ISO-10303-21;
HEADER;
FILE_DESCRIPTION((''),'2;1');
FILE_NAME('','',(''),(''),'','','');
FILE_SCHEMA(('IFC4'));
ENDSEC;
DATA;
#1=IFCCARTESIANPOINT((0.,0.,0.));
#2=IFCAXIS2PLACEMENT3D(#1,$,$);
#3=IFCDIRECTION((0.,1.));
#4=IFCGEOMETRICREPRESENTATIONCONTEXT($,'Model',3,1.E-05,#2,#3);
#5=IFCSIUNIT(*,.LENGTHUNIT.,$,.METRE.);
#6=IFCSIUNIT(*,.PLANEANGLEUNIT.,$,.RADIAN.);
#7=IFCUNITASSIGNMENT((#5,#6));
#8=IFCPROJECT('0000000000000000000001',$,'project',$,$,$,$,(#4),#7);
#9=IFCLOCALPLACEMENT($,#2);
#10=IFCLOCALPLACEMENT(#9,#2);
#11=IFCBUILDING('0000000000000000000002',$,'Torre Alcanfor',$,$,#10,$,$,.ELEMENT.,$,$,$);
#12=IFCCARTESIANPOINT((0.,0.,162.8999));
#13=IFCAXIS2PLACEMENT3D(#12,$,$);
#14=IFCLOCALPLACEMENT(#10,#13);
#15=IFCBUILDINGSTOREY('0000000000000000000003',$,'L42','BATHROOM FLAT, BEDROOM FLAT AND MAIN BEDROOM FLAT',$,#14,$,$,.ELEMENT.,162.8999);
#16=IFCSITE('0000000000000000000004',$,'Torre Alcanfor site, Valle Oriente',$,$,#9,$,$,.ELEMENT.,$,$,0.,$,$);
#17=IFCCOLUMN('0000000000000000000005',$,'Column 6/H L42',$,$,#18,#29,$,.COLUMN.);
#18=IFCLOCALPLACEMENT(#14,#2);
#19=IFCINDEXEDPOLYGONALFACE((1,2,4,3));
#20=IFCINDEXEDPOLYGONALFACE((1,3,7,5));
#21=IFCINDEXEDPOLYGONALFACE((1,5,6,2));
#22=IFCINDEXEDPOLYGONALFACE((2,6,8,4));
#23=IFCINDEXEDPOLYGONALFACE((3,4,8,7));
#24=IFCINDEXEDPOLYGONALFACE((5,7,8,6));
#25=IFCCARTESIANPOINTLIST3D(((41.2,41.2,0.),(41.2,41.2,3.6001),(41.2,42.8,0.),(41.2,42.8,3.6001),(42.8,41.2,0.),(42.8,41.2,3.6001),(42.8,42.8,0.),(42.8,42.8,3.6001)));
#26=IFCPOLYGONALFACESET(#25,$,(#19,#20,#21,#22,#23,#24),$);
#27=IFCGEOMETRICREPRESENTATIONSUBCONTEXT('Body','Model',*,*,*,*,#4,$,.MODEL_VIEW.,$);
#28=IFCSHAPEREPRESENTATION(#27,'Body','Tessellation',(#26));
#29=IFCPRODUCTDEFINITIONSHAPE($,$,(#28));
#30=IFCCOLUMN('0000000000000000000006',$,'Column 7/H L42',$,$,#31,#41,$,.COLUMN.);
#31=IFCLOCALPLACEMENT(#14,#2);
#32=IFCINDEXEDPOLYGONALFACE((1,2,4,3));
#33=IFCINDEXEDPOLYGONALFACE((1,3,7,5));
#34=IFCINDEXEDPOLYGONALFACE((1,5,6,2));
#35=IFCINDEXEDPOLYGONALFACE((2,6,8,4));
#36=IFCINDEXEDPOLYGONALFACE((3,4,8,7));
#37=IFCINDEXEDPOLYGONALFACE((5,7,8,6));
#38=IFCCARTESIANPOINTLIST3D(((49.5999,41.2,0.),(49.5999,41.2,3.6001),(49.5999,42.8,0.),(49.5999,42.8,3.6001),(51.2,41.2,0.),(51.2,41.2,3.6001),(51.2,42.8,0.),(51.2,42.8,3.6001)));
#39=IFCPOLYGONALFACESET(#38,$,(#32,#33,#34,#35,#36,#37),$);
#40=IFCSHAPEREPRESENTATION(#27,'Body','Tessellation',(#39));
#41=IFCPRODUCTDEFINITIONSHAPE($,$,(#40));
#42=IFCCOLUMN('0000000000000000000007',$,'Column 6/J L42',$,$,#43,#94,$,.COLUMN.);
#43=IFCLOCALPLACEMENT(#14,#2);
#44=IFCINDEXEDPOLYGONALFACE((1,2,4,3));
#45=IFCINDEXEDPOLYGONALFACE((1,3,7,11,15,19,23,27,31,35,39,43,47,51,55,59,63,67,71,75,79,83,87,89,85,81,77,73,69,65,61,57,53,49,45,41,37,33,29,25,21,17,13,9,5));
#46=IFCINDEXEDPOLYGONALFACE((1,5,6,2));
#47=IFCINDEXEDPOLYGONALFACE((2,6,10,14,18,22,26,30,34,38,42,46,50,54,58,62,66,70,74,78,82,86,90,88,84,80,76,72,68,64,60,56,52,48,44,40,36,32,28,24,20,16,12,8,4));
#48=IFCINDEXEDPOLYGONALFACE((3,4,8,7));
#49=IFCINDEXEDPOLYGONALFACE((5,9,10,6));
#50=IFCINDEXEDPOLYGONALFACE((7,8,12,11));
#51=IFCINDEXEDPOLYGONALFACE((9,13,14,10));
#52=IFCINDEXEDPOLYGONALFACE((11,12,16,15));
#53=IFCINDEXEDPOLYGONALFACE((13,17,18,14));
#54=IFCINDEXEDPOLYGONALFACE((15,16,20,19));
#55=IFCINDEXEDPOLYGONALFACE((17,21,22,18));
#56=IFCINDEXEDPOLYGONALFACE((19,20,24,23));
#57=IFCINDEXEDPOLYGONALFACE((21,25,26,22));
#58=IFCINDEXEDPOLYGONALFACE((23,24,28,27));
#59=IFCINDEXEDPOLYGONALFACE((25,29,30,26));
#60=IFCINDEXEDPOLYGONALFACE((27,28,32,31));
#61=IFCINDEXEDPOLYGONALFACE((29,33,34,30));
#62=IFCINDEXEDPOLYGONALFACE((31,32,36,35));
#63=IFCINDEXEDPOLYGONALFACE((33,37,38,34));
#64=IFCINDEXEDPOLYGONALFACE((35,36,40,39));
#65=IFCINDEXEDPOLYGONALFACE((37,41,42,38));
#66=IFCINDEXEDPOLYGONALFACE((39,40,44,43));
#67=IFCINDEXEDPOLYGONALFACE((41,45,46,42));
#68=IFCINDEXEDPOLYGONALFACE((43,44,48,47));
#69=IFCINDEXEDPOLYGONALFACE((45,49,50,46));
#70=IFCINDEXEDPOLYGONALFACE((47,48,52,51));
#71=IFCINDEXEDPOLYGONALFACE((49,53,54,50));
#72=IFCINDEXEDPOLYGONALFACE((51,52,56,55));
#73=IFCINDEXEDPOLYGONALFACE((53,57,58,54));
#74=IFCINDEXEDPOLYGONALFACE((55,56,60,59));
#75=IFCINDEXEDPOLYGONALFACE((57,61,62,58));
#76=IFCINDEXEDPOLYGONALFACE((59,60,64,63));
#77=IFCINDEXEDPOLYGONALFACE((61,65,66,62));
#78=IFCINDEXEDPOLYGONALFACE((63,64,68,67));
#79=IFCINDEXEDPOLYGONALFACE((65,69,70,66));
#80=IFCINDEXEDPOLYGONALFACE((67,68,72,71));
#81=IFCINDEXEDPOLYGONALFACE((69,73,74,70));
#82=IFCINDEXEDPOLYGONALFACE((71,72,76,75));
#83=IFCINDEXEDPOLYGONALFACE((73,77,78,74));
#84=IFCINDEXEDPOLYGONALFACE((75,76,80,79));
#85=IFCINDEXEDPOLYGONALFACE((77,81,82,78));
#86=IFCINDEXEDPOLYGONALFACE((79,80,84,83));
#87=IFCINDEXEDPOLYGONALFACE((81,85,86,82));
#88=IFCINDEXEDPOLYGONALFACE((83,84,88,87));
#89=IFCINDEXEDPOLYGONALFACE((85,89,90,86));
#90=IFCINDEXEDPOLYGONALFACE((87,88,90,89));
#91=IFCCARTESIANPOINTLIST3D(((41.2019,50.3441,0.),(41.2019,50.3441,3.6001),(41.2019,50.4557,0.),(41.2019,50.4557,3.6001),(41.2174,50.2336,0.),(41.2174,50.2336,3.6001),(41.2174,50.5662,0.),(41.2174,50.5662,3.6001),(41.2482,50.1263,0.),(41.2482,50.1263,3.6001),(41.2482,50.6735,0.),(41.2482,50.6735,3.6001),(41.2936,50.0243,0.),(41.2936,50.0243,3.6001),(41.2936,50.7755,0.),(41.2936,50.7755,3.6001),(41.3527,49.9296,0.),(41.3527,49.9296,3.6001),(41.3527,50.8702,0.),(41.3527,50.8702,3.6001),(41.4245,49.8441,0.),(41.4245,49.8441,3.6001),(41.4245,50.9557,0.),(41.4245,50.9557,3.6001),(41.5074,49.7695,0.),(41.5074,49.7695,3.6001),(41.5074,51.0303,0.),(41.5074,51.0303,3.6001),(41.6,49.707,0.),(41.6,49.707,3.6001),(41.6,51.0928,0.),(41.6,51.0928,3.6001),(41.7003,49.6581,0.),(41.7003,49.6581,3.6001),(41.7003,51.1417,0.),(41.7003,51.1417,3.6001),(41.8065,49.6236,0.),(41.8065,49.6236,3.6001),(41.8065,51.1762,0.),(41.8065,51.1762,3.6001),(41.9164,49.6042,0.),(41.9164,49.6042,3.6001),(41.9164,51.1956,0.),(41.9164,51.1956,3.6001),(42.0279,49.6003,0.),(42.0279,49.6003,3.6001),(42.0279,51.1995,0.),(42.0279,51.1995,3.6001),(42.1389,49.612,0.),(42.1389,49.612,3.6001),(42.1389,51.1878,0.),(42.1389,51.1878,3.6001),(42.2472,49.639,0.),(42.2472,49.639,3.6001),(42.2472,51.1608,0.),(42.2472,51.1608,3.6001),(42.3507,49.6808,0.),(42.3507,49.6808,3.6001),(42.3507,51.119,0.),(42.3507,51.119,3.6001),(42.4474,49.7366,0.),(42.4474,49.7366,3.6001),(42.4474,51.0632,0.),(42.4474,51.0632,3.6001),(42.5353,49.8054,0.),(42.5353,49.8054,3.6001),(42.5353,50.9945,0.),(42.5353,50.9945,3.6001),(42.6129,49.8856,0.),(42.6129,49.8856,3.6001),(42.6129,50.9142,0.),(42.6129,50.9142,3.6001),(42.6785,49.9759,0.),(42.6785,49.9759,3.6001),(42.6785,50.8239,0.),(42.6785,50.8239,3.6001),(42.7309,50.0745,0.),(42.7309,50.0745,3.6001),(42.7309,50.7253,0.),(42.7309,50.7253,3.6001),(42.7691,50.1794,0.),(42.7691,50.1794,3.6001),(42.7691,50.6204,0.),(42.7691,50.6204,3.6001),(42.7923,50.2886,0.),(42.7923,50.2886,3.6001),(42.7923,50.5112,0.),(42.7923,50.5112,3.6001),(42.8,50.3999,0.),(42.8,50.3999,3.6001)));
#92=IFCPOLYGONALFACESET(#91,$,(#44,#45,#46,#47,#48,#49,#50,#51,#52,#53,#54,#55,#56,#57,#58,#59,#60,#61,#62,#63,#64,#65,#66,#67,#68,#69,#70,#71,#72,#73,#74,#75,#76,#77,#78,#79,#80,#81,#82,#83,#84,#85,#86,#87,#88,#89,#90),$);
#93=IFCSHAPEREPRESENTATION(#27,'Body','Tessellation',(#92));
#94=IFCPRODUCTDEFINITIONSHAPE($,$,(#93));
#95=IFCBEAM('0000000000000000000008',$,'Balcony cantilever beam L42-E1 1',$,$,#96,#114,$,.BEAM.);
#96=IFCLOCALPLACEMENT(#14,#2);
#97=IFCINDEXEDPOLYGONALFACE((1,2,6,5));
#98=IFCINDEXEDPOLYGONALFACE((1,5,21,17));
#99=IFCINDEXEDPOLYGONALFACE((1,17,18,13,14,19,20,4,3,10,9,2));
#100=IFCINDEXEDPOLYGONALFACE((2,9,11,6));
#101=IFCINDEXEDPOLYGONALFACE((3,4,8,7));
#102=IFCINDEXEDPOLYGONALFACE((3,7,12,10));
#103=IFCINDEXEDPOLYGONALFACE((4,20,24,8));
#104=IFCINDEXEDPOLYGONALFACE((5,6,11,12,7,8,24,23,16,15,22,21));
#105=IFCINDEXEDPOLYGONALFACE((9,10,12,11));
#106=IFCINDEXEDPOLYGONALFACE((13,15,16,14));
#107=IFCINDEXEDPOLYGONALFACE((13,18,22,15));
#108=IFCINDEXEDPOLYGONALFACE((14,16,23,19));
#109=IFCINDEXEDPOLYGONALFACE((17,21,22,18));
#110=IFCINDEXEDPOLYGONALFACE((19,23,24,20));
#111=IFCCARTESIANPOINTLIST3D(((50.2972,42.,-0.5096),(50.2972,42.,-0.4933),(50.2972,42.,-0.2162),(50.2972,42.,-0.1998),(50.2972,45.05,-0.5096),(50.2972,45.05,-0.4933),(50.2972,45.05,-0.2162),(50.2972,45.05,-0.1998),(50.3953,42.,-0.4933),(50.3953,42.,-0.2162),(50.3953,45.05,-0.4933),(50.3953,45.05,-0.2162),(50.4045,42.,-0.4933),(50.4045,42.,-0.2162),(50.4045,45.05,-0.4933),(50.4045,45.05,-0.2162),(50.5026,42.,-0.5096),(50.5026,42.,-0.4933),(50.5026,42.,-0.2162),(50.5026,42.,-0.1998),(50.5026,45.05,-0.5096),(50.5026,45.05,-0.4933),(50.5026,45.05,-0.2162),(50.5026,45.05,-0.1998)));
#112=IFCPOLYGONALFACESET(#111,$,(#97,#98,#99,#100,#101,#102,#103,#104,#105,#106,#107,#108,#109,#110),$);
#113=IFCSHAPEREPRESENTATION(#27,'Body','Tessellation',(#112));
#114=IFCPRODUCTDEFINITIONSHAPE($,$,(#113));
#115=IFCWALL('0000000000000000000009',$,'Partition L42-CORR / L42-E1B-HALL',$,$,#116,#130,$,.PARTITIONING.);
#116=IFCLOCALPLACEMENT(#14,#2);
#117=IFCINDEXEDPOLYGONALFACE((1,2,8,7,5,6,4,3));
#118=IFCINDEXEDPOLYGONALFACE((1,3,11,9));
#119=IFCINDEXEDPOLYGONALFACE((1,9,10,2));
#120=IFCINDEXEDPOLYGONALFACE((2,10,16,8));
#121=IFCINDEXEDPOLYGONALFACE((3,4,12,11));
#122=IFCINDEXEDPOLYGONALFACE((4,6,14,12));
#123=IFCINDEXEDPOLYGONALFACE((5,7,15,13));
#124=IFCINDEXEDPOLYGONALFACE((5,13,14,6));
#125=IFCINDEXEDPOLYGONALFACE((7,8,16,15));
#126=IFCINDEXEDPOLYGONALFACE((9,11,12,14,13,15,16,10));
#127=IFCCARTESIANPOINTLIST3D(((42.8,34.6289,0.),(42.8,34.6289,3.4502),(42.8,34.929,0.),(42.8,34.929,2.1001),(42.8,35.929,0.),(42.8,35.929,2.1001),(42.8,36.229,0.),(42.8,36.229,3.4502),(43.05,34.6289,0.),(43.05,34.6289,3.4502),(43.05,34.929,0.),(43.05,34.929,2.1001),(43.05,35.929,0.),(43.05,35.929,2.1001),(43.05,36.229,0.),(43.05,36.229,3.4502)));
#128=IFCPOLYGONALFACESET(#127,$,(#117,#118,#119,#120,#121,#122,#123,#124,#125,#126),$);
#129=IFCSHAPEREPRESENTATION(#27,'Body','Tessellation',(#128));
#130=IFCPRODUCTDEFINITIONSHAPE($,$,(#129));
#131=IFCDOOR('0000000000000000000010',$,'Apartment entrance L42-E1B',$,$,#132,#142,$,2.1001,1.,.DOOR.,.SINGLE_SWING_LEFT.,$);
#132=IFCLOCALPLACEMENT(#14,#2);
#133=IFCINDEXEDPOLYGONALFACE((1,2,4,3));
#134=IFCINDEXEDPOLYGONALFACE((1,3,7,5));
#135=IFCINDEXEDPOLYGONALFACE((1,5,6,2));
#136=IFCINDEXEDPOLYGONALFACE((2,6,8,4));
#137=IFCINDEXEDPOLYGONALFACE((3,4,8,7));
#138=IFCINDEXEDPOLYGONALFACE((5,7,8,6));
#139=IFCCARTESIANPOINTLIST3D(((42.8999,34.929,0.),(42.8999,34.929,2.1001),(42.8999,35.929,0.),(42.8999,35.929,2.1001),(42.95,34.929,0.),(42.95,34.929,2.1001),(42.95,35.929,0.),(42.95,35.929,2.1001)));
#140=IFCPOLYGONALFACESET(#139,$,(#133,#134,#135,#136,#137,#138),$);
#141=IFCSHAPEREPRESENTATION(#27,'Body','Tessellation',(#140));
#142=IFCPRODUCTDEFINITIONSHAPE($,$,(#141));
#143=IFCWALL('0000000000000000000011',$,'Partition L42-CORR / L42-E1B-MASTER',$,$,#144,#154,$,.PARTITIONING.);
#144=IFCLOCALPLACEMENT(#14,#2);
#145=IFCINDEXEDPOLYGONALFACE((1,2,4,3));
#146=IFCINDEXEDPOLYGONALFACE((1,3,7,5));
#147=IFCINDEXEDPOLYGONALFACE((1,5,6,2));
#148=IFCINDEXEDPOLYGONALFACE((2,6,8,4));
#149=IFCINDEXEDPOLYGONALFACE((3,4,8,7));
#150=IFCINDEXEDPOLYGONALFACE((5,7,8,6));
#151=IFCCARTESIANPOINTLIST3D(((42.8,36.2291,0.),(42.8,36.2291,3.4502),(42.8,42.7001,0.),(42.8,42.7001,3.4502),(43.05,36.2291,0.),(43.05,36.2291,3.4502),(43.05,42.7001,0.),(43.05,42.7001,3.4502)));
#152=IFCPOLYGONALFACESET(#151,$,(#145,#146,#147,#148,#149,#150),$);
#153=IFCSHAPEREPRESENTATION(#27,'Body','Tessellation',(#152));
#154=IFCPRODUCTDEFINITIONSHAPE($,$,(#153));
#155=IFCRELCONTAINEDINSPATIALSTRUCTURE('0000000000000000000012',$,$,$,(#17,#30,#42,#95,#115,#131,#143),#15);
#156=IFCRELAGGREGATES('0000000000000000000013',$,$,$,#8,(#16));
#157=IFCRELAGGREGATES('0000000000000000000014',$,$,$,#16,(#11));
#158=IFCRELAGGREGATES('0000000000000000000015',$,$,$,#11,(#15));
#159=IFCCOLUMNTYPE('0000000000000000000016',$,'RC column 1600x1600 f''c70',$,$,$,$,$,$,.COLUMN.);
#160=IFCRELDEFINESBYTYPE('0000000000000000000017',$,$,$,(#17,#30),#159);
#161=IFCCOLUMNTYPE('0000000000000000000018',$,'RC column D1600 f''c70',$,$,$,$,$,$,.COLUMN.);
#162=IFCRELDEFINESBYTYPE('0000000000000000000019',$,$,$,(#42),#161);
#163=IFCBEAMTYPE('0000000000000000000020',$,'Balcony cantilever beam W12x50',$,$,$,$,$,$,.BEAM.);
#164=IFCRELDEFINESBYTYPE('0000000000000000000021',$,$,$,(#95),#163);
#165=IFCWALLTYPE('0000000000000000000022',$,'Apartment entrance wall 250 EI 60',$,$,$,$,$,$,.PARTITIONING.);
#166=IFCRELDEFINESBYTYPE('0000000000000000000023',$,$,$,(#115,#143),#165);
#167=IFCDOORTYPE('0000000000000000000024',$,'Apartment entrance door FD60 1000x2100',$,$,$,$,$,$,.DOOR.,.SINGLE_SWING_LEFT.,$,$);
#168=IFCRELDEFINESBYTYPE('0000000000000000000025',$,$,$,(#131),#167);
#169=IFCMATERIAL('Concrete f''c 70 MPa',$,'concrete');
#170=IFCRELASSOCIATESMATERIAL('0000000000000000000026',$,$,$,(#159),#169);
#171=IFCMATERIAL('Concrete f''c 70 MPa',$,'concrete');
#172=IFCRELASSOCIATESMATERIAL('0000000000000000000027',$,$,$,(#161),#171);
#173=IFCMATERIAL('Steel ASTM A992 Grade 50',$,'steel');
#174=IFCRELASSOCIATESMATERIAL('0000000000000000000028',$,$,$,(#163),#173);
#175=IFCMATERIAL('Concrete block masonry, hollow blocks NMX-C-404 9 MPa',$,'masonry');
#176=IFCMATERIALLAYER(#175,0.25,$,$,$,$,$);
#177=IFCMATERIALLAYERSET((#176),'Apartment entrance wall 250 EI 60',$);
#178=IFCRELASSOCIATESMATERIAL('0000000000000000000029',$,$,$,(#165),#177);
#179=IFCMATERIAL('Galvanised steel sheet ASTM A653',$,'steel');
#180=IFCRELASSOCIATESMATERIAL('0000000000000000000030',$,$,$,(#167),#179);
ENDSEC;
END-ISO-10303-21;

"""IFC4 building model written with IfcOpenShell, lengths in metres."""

from ifc_helpers import new_model, si_unit, direction, frame, frame_2d, origin, origin_2d, place, context, subcontext, project, spatial, rectangle, circle, i_section, extrude, material, layer, layer_set, material_profile, profile_set, type_object, element, fill, save


model = new_model("IFC4")

# Units and contexts
model_context = context("Model", 3, precision=1e-05, world=origin(), true_north=direction((0.0, 1.0)))
body_context = subcontext(model_context, "Body", "Model", "MODEL_VIEW")
ifc_project = project(units=[si_unit("LENGTHUNIT", "METRE"), si_unit("PLANEANGLEUNIT", "RADIAN")], contexts=[model_context])

# Site, building, storey
site_placement = place(None, origin())
site = spatial("IfcSite", under=ifc_project, at=site_placement, Name="Torre Alcanfor site, Valle Oriente", CompositionType="ELEMENT", RefElevation=0.0)
building_placement = place(site_placement, origin())
building = spatial("IfcBuilding", under=site, at=building_placement, Name="Torre Alcanfor", CompositionType="ELEMENT")
storey_placement = place(building_placement, frame((0.0, 0.0, 162.8999)))
storey = spatial("IfcBuildingStorey", under=building, at=storey_placement, Name="L42", Description="BATHROOM FLAT, BEDROOM FLAT AND MAIN BEDROOM FLAT", CompositionType="ELEMENT", Elevation=162.8999)

# Columns
ifc_material_1 = material(Name="Concrete f'c 70 MPa", Category="concrete")
ifc_material_profile_1 = material_profile(ifc_material_1, rectangle(XDim=1.6001, YDim=1.6001, at=origin_2d()), Name="1600x1600")
ifc_profile_set_1 = profile_set([ifc_material_profile_1], Name="Concrete f'c 70 MPa")
column_type_1 = type_object("IfcColumnType", Name="RC column 1600x1600 f'c70", PredefinedType="COLUMN", material=ifc_profile_set_1)
for number, where, z_axis, x_axis, name in (
    (1, (42.0, 42.0, 0.0), (0.0, 0.0, 1.0), (1.0, 0.0, 0.0), "Column 6/H L42"),
    (2, (50.3999, 42.0, 0.0), (0.0, 0.0, 1.0), (1.0, 0.0, 0.0), "Column 7/H L42"),
):
    element("IfcColumn", number, at=place(storey_placement, frame(where, z_axis=z_axis, x_axis=x_axis)), inside=storey, type_object=column_type_1, Name=name, PredefinedType="COLUMN", context=body_context, shape_type="SweptSolid", body=[
        extrude(rectangle(XDim=1.6001, YDim=1.6001, at=origin_2d()), origin(), (0.0, 0.0, 1.0), 3.6001),
    ])
ifc_material_2 = material(Name="Concrete f'c 70 MPa", Category="concrete")
ifc_material_profile_2 = material_profile(ifc_material_2, circle(Radius=0.8, at=origin_2d()), Name="D1600")
ifc_profile_set_2 = profile_set([ifc_material_profile_2], Name="Concrete f'c 70 MPa")
column_type_2 = type_object("IfcColumnType", Name="RC column D1600 f'c70", PredefinedType="COLUMN", material=ifc_profile_set_2)
column_placement = place(storey_placement, frame((42.0, 50.3999, 0.0), z_axis=(0.0, 0.0, 1.0), x_axis=(1.0, 0.0, 0.0)))
element("IfcColumn", 3, at=column_placement, inside=storey, type_object=column_type_2, Name="Column 6/J L42", PredefinedType="COLUMN", context=body_context, shape_type="SweptSolid", body=[
    extrude(circle(Radius=0.8, at=origin_2d()), origin(), (0.0, 0.0, 1.0), 3.6001),
])

# Beam
ifc_material_3 = material(Name="Steel ASTM A992 Grade 50", Category="steel")
ifc_material_profile_3 = material_profile(ifc_material_3, i_section(OverallWidth=0.2053, OverallDepth=0.3098, WebThickness=0.0093, FlangeThickness=0.0164, at=origin_2d()), Name="W12x50")
ifc_profile_set_3 = profile_set([ifc_material_profile_3], Name="Steel ASTM A992 Grade 50")
beam_type = type_object("IfcBeamType", Name="Balcony cantilever beam W12x50", PredefinedType="BEAM", material=ifc_profile_set_3)
beam_placement = place(storey_placement, frame((50.3999, 42.0, -0.3547), z_axis=(0.0, 1.0, 0.0), x_axis=(-1.0, 0.0, 0.0)))
element("IfcBeam", 4, at=beam_placement, inside=storey, type_object=beam_type, Name="Balcony cantilever beam L42-E1 1", PredefinedType="BEAM", context=body_context, shape_type="SweptSolid", body=[
    extrude(i_section(OverallWidth=0.2053, OverallDepth=0.3098, WebThickness=0.0093, FlangeThickness=0.0164, at=origin_2d()), origin(), (0.0, 0.0, 1.0), 3.05),
])

# Wall, opening, door
ifc_material_4 = material(Name="Concrete block masonry, hollow blocks NMX-C-404 9 MPa", Category="masonry")
ifc_layer_1 = layer(ifc_material_4, 0.25)
ifc_layer_set_1 = layer_set([ifc_layer_1], Name="Apartment entrance wall 250 EI 60")
wall_type_1 = type_object("IfcWallType", Name="Apartment entrance wall 250 EI 60", PredefinedType="PARTITIONING", material=ifc_layer_set_1)
wall_1_placement = place(storey_placement, frame((42.925, 36.229, 0.0), z_axis=(0.0, 0.0, 1.0), x_axis=(0.0, -1.0, 0.0)))
wall_1 = element("IfcWall", 5, at=wall_1_placement, inside=storey, type_object=wall_type_1, Name="Partition L42-CORR / L42-E1B-HALL", PredefinedType="PARTITIONING", context=body_context, shape_type="SweptSolid", body=[
    extrude(rectangle(XDim=1.6001, YDim=0.25, at=frame_2d((0.8, 0.0))), origin(), (0.0, 0.0, 1.0), 3.4502),
])
opening_1_placement = place(wall_1_placement, frame((0.3, 0.0, 0.0)))
opening_1 = element("IfcOpeningElement", 6, at=opening_1_placement, cuts=wall_1, PredefinedType="OPENING", context=body_context, shape_type="SweptSolid", body=[
    extrude(rectangle(XDim=1.0, YDim=2.1001, at=frame_2d((0.5, 1.05))), frame((0.0, 0.135, 0.0), z_axis=(0.0, -1.0, 0.0), x_axis=(1.0, 0.0, 0.0)), (0.0, 0.0, 1.0), 0.27),
])
ifc_material_5 = material(Name="Galvanised steel sheet ASTM A653", Category="steel")
door_type_1 = type_object("IfcDoorType", Name="Apartment entrance door FD60 1000x2100", OperationType="SINGLE_SWING_LEFT", PredefinedType="DOOR", material=ifc_material_5)
door_1_placement = place(opening_1_placement, origin())
door_1 = element("IfcDoor", 7, at=door_1_placement, inside=storey, type_object=door_type_1, Name="Apartment entrance L42-E1B", OperationType="SINGLE_SWING_LEFT", OverallHeight=2.1001, OverallWidth=1.0, PredefinedType="DOOR", context=body_context, shape_type="SweptSolid", body=[
    extrude(rectangle(XDim=1.0, YDim=2.1001, at=frame_2d((0.5, 1.05))), frame((0.0, 0.0249, 0.0), z_axis=(0.0, -1.0, 0.0), x_axis=(1.0, 0.0, 0.0)), (0.0, 0.0, 1.0), 0.05),
])
fill(opening_1, door_1)

# Wall
wall_2_placement = place(storey_placement, frame((42.925, 42.7, 0.0), z_axis=(0.0, 0.0, 1.0), x_axis=(0.0, -1.0, 0.0)))
element("IfcWall", 8, at=wall_2_placement, inside=storey, type_object=wall_type_1, Name="Partition L42-CORR / L42-E1B-MASTER", PredefinedType="PARTITIONING", context=body_context, shape_type="SweptSolid", body=[
    extrude(rectangle(XDim=6.4709, YDim=0.25, at=frame_2d((3.2354, 0.0))), origin(), (0.0, 0.0, 1.0), 3.4502),
])

save(model, "model.ifc")
